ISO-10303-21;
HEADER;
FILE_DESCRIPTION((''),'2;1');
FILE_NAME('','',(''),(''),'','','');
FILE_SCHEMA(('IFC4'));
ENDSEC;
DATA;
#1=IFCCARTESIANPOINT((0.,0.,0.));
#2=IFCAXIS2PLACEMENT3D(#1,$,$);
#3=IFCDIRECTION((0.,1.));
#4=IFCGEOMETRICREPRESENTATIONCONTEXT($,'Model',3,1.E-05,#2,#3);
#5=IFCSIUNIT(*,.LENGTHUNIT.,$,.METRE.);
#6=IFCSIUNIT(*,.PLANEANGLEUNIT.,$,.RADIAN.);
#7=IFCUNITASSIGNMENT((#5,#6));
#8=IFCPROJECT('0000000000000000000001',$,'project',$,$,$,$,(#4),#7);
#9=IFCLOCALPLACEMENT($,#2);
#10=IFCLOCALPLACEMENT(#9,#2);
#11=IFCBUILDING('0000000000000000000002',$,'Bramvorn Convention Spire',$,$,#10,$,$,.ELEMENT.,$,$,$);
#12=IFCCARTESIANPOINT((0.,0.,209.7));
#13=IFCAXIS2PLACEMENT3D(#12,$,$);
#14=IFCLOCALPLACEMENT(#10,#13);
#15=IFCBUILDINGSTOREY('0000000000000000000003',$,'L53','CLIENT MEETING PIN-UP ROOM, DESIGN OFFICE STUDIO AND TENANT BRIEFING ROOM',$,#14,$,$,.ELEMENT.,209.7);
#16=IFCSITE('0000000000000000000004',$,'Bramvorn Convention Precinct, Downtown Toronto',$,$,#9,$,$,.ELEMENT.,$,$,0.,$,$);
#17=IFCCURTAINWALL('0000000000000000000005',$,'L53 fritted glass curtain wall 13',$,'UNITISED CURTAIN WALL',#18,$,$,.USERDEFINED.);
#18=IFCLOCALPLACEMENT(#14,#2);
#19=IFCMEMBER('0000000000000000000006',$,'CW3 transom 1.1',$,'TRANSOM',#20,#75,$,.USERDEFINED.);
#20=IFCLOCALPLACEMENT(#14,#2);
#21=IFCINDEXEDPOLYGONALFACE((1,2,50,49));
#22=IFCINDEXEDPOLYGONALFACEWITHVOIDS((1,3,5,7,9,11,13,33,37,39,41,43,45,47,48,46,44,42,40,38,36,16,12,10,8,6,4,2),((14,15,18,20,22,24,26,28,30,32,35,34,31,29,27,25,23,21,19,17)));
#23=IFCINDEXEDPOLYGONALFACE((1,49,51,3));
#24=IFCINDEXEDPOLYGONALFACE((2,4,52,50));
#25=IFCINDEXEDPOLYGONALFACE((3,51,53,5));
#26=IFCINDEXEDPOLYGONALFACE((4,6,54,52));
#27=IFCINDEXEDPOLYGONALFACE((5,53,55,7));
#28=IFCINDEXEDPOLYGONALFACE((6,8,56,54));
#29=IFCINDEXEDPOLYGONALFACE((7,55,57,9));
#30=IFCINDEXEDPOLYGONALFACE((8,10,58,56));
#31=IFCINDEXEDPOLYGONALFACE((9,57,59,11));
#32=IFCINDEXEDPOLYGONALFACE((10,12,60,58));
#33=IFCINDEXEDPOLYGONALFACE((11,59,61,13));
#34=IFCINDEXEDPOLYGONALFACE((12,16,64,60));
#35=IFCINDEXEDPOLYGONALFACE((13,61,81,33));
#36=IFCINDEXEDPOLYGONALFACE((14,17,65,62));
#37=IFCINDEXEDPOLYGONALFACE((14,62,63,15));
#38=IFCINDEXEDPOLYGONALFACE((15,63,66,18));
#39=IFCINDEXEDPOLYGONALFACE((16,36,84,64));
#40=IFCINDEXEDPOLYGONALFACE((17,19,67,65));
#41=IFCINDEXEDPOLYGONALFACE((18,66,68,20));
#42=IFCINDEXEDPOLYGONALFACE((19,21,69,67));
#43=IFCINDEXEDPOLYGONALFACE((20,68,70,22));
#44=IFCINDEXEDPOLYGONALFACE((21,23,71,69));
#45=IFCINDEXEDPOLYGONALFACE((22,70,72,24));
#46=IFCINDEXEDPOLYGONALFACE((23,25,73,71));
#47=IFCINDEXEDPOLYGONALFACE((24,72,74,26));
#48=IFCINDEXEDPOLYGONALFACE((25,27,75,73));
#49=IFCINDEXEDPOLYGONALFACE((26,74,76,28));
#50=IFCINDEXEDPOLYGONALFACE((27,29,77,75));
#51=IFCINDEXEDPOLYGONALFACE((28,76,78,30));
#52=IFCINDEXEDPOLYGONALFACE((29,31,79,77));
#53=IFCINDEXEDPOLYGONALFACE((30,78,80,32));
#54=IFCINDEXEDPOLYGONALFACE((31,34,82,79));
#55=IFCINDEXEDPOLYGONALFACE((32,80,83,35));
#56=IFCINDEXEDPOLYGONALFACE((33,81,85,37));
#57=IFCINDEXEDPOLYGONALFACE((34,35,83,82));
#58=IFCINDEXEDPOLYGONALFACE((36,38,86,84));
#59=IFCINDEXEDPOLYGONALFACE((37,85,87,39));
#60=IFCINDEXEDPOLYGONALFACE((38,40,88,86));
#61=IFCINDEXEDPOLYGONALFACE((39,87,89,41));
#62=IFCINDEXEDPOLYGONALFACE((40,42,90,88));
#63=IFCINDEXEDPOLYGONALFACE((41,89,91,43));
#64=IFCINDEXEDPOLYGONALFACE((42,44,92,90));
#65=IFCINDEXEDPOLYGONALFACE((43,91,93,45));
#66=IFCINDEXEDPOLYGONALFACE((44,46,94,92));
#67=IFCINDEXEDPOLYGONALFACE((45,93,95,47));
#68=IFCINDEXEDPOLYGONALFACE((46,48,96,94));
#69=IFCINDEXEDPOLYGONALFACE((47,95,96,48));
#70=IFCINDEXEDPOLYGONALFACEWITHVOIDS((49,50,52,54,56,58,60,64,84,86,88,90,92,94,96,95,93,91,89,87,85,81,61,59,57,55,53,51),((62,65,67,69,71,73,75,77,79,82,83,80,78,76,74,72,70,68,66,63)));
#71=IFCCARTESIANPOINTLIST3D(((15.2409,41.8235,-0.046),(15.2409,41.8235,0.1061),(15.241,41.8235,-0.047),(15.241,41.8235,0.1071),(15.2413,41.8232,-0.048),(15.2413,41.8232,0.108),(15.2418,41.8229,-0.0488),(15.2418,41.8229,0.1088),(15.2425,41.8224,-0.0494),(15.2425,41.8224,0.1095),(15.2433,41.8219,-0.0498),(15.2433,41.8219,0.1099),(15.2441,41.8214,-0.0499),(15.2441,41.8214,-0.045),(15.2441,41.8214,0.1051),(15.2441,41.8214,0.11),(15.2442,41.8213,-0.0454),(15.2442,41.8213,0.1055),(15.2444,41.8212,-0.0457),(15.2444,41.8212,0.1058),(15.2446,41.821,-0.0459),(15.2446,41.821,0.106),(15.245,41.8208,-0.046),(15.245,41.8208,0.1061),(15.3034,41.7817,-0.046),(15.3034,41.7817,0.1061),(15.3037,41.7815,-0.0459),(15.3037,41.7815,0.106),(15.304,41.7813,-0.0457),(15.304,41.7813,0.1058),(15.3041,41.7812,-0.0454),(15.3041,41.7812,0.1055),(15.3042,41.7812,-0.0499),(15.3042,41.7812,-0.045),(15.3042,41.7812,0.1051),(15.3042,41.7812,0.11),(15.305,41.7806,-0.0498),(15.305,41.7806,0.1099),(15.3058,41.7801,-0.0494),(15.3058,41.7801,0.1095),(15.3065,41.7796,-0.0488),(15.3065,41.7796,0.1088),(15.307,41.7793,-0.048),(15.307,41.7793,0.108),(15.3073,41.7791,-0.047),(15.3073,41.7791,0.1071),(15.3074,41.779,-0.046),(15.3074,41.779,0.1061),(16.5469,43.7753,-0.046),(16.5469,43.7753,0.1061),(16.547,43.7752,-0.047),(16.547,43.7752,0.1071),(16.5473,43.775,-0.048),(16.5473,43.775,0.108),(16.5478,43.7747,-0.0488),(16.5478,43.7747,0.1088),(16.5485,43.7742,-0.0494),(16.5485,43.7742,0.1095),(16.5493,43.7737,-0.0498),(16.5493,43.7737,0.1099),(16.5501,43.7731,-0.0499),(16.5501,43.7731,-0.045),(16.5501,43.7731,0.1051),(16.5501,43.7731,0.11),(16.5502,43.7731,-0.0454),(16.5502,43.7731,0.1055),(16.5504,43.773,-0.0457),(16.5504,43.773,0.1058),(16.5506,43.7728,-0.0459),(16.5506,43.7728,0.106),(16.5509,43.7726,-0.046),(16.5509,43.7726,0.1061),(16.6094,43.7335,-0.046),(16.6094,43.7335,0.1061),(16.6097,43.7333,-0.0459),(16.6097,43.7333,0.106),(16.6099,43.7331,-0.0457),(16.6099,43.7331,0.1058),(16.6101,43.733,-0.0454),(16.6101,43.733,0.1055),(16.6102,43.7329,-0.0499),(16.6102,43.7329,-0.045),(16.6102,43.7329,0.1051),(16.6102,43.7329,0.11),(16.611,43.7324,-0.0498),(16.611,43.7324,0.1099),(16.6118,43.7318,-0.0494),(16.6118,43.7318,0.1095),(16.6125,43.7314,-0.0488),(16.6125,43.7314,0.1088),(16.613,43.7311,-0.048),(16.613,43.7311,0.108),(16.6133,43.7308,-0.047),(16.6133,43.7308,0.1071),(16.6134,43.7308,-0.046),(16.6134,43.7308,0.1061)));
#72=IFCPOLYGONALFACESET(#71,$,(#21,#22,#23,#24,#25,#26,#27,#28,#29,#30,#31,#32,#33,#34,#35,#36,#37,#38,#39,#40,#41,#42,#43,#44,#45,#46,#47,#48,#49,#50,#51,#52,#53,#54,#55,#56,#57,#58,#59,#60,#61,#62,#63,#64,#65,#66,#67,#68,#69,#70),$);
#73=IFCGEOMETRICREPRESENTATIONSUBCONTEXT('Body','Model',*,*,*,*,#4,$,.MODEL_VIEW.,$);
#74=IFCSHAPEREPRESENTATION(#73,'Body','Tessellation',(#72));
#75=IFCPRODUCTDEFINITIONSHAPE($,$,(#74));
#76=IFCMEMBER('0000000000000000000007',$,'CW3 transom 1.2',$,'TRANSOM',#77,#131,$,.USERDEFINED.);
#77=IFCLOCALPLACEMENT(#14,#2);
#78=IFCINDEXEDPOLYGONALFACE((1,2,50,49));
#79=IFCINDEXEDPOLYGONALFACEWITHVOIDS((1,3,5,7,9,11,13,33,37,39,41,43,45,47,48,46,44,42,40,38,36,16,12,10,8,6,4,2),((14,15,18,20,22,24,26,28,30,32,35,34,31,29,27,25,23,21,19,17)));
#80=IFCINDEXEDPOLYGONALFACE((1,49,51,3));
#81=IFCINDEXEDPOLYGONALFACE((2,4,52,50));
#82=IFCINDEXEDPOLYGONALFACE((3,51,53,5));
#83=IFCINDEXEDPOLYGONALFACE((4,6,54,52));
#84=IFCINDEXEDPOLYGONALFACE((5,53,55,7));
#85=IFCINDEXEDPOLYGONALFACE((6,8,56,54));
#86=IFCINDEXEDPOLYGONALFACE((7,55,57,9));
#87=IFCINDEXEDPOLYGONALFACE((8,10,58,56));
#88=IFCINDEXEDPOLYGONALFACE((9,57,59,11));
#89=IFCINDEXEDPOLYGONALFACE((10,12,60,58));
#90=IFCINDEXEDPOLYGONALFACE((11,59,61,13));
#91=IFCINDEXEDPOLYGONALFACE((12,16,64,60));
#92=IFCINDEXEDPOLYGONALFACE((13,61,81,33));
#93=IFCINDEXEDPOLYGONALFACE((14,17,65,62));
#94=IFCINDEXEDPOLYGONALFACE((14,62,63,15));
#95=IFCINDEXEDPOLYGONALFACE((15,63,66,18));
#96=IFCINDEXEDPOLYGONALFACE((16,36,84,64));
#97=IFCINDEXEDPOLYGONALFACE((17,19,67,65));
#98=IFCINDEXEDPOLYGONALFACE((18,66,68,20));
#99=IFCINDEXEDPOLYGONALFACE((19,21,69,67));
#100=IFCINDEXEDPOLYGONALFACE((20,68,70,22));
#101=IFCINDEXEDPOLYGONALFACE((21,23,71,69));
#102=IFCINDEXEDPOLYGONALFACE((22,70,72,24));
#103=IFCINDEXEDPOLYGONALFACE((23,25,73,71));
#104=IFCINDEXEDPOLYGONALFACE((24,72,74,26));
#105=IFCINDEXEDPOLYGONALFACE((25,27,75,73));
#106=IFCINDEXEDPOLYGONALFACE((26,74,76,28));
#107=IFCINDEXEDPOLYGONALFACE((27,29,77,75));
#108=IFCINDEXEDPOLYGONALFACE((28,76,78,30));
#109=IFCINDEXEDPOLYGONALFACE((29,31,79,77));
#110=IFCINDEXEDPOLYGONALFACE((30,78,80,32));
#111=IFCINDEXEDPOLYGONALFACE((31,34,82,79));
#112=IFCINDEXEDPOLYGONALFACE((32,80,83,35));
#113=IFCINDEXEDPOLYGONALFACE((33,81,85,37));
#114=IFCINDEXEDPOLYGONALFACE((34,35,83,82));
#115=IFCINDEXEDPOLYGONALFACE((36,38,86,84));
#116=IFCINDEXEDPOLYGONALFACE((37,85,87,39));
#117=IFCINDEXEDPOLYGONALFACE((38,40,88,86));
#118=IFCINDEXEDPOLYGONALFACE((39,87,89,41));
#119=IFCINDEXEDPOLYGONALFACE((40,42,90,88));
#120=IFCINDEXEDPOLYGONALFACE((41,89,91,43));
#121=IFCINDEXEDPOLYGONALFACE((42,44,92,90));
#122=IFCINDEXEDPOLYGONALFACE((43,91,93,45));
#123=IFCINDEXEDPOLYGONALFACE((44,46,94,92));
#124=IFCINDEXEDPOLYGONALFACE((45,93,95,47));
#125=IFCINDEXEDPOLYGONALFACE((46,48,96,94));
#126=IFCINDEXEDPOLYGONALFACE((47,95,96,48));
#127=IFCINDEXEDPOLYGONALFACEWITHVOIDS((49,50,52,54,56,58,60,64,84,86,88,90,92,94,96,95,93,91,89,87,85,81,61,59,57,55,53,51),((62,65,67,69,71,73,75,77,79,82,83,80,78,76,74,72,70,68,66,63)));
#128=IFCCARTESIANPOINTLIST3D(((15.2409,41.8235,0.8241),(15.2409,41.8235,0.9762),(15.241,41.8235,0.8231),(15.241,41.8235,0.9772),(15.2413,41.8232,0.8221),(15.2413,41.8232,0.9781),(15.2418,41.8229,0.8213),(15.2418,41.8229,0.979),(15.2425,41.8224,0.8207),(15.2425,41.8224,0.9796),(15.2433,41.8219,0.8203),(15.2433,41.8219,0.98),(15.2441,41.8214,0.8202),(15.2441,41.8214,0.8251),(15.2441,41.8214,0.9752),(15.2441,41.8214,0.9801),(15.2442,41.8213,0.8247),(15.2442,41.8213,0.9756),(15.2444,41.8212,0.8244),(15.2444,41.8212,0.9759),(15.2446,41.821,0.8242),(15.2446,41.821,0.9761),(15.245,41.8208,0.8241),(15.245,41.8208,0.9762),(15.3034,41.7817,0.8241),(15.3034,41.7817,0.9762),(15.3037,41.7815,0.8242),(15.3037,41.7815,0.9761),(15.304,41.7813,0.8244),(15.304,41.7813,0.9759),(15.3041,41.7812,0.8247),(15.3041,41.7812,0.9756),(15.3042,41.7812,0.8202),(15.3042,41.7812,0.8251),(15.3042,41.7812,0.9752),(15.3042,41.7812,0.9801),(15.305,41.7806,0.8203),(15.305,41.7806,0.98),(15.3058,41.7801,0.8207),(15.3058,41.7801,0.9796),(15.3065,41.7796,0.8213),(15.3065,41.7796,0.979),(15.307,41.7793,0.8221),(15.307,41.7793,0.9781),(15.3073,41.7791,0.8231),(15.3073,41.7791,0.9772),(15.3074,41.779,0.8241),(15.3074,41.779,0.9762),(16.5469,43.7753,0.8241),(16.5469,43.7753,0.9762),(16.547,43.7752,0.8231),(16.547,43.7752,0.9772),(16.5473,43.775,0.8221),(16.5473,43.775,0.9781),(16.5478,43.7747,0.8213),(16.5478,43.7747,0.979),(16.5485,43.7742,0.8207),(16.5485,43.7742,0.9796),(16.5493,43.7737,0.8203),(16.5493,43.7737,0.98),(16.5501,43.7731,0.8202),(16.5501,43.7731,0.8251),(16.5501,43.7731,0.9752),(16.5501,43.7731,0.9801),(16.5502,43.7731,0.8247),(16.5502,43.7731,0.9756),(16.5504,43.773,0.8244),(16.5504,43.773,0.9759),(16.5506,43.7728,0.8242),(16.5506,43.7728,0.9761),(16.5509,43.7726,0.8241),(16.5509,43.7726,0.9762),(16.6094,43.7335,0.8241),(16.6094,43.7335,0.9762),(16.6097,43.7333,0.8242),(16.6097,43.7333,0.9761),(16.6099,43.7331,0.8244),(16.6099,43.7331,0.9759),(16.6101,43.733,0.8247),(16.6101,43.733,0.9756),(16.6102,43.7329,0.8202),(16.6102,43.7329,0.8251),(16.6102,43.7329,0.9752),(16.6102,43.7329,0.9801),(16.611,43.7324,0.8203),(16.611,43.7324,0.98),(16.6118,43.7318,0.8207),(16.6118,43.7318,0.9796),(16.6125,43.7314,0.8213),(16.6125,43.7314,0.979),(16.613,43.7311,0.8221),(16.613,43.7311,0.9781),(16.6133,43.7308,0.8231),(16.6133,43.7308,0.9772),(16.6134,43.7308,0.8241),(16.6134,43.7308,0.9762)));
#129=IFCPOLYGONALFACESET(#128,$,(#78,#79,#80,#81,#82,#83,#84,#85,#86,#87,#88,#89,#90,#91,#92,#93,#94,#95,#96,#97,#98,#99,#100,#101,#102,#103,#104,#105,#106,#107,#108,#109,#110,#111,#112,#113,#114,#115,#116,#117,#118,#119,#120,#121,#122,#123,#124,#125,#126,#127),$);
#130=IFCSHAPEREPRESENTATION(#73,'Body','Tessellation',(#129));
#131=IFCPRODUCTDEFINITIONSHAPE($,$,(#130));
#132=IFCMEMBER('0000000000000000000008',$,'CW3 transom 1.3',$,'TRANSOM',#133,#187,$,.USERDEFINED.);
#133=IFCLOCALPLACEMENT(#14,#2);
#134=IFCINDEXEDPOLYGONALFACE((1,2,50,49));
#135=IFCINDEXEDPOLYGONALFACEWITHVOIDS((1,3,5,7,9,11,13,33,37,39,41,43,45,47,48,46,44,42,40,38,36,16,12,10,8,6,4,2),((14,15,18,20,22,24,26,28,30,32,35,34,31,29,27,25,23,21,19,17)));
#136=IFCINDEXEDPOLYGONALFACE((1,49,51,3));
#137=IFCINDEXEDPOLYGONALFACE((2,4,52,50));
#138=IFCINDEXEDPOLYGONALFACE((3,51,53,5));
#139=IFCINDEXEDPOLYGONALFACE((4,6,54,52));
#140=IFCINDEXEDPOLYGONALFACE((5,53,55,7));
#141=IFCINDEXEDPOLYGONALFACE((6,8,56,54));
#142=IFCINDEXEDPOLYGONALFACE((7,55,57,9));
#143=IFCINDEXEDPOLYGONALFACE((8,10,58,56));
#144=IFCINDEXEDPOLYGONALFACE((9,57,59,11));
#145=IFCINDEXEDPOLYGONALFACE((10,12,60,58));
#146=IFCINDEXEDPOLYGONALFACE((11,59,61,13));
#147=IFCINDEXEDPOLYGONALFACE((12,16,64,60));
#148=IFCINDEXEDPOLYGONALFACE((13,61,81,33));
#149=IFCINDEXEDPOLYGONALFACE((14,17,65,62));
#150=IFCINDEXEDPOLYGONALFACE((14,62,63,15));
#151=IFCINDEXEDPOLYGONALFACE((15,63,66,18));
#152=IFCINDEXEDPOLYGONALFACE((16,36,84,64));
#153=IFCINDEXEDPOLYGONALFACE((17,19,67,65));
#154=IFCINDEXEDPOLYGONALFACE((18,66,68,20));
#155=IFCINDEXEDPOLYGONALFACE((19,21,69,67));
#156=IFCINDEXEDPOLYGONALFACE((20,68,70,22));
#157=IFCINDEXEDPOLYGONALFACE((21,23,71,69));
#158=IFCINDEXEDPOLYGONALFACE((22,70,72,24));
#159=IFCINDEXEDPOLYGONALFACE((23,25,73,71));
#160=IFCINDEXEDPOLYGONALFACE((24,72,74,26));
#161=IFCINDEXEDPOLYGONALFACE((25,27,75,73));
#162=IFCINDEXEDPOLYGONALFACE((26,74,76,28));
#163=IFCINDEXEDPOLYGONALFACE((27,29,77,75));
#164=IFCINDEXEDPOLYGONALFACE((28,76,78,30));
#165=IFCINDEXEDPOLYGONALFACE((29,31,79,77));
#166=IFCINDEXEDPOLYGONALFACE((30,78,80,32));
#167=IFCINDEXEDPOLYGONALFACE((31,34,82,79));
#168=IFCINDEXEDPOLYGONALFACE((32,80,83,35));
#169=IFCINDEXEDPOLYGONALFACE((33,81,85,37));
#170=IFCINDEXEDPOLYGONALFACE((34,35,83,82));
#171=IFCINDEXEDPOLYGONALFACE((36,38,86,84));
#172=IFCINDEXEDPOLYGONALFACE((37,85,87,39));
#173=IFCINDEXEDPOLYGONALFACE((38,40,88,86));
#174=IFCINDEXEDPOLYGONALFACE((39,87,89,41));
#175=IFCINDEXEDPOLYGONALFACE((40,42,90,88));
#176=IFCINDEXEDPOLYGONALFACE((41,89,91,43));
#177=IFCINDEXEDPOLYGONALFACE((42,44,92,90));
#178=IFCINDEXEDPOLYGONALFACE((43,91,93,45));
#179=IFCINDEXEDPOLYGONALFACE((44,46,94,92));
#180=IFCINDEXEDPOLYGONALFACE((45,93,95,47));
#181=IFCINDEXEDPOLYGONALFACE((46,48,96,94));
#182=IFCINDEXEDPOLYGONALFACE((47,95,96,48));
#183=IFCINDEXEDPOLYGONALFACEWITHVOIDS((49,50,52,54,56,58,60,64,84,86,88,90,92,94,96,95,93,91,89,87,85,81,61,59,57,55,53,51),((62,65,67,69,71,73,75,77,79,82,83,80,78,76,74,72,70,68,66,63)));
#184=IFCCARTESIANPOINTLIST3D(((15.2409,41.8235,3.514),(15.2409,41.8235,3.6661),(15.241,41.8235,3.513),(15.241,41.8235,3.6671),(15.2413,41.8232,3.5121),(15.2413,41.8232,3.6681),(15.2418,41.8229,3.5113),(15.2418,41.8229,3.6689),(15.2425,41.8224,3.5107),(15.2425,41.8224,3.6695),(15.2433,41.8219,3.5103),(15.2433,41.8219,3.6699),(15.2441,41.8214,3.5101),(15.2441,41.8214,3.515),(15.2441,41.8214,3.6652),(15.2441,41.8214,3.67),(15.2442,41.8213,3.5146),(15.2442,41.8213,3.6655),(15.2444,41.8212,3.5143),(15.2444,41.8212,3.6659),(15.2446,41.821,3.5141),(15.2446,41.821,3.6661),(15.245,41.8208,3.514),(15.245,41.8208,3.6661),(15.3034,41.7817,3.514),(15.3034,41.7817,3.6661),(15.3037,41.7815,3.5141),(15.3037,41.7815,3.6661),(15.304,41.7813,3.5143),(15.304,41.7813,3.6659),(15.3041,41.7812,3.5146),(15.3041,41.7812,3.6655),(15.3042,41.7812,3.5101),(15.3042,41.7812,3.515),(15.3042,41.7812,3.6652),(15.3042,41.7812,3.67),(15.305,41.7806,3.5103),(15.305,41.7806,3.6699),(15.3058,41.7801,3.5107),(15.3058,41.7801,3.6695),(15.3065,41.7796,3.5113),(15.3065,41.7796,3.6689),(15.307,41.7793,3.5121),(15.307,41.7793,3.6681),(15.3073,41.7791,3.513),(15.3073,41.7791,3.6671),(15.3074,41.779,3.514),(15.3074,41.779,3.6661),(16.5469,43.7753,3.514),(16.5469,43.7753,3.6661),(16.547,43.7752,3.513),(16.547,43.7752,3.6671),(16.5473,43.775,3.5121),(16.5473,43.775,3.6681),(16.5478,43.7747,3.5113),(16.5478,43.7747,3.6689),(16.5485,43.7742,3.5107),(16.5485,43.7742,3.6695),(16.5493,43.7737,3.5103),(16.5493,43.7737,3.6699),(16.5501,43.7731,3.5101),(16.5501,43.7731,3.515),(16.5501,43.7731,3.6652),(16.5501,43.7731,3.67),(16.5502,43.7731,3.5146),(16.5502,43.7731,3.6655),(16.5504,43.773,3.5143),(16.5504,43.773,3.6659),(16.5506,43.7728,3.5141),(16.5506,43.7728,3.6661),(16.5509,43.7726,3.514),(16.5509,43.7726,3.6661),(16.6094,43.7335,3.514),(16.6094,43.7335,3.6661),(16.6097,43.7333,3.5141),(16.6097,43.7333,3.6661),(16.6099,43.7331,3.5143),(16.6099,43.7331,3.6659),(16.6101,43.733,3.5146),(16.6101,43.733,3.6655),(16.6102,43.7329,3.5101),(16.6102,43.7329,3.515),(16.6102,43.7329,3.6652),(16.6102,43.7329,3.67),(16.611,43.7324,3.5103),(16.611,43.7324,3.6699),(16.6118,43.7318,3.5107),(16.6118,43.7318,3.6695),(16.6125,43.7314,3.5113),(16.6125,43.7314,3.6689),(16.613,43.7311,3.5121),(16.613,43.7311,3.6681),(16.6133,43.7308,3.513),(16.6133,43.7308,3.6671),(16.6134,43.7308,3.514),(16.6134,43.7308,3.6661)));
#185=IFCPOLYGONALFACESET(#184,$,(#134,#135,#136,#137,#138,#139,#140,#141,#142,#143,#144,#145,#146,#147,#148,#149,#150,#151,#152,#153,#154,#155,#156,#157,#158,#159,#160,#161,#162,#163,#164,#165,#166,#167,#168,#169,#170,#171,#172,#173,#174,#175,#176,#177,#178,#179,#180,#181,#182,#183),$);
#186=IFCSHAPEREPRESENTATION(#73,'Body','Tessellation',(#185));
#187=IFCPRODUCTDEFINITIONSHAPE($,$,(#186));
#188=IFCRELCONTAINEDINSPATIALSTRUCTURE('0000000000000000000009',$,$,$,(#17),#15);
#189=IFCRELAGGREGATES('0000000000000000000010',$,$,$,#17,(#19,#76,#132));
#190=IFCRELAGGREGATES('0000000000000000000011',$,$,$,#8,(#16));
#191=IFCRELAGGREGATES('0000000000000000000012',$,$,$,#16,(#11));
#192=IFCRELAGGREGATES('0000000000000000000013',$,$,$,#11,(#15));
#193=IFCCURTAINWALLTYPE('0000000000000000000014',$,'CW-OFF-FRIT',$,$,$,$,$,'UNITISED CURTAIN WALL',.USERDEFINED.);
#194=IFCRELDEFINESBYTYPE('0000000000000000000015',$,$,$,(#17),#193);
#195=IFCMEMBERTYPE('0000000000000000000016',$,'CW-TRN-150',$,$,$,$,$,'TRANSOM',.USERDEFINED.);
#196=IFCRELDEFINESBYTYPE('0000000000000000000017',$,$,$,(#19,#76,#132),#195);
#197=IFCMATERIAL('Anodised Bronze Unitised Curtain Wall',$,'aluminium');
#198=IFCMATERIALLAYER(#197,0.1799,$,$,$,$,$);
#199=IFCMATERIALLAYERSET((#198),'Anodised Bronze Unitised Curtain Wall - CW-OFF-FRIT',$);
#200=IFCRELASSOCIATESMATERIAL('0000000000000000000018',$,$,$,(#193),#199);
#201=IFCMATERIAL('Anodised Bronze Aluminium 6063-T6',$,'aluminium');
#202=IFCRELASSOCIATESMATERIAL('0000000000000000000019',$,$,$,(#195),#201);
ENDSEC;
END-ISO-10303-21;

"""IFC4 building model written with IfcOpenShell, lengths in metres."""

from ifc_helpers import new_model, si_unit, direction, frame, origin, origin_2d, place, context, subcontext, project, spatial, hollow_rectangle, extrude, material, layer, layer_set, material_profile, profile_set, type_object, element, aggregate, save


model = new_model("IFC4")

# Units and contexts
model_context = context("Model", 3, precision=1e-05, world=origin(), true_north=direction((0.0, 1.0)))
body_context = subcontext(model_context, "Body", "Model", "MODEL_VIEW")
ifc_project = project(units=[si_unit("LENGTHUNIT", "METRE"), si_unit("PLANEANGLEUNIT", "RADIAN")], contexts=[model_context])

# Site, building, storey
site_placement = place(None, origin())
site = spatial("IfcSite", under=ifc_project, at=site_placement, Name="Bramvorn Convention Precinct, Downtown Toronto", CompositionType="ELEMENT", RefElevation=0.0)
building_placement = place(site_placement, origin())
building = spatial("IfcBuilding", under=site, at=building_placement, Name="Bramvorn Convention Spire", CompositionType="ELEMENT")
storey_placement = place(building_placement, frame((0.0, 0.0, 209.7)))
storey = spatial("IfcBuildingStorey", under=building, at=storey_placement, Name="L53", Description="CLIENT MEETING PIN-UP ROOM, DESIGN OFFICE STUDIO AND TENANT BRIEFING ROOM", CompositionType="ELEMENT", Elevation=209.7)

# Curtain wall
ifc_material_1 = material(Name="Anodised Bronze Unitised Curtain Wall", Category="aluminium")
ifc_layer_1 = layer(ifc_material_1, 0.1799)
ifc_layer_set_1 = layer_set([ifc_layer_1], Name="Anodised Bronze Unitised Curtain Wall - CW-OFF-FRIT")
curtain_wall_type = type_object("IfcCurtainWallType", Name="CW-OFF-FRIT", ElementType="UNITISED CURTAIN WALL", PredefinedType="USERDEFINED", material=ifc_layer_set_1)
ifc_material_2 = material(Name="Anodised Bronze Aluminium 6063-T6", Category="aluminium")
curtain_wall_1_placement = place(storey_placement, origin())
curtain_wall_1 = element("IfcCurtainWall", 1, at=curtain_wall_1_placement, inside=storey, type_object=curtain_wall_type, Name="L53 fritted glass curtain wall 13", ObjectType="UNITISED CURTAIN WALL", PredefinedType="USERDEFINED")

# Members
ifc_material_profile_1 = material_profile(ifc_material_2, hollow_rectangle(XDim=0.0801, YDim=0.1599, WallThickness=0.0039, InnerFilletRadius=0.001, OuterFilletRadius=0.0039, at=origin_2d()))
ifc_profile_set_1 = profile_set([ifc_material_profile_1], Name="Anodised Bronze Aluminium 6063-T6 - CWT80X160")
member_type_1 = type_object("IfcMemberType", Name="CW-TRN-150", ElementType="TRANSOM", PredefinedType="USERDEFINED", material=ifc_profile_set_1)
member_1_placement = place(storey_placement, frame((15.2742, 41.8013, 0.03), z_axis=(0.556115, 0.831105, 0.0), x_axis=(-0.831105, 0.556115, 0.0)))
member_1 = element("IfcMember", 2, at=member_1_placement, type_object=member_type_1, Name="CW3 transom 1.1", ObjectType="TRANSOM", PredefinedType="USERDEFINED", context=body_context, shape_type="SweptSolid", body=[
    extrude(hollow_rectangle(XDim=0.0801, YDim=0.1599, WallThickness=0.0039, InnerFilletRadius=0.001, OuterFilletRadius=0.0039, at=origin_2d()), origin(), (0.0, 0.0, 1.0), 2.3484),
])
member_2_placement = place(storey_placement, frame((15.2742, 41.8013, 0.9001), z_axis=(0.556115, 0.831105, 0.0), x_axis=(-0.831105, 0.556115, 0.0)))
member_2 = element("IfcMember", 3, at=member_2_placement, type_object=member_type_1, Name="CW3 transom 1.2", ObjectType="TRANSOM", PredefinedType="USERDEFINED", context=body_context, shape_type="SweptSolid", body=[
    extrude(hollow_rectangle(XDim=0.0801, YDim=0.1599, WallThickness=0.0039, InnerFilletRadius=0.001, OuterFilletRadius=0.0039, at=origin_2d()), origin(), (0.0, 0.0, 1.0), 2.3484),
])
member_3_placement = place(storey_placement, frame((15.2742, 41.8013, 3.5901), z_axis=(0.556115, 0.831105, 0.0), x_axis=(-0.831105, 0.556115, 0.0)))
member_3 = element("IfcMember", 4, at=member_3_placement, type_object=member_type_1, Name="CW3 transom 1.3", ObjectType="TRANSOM", PredefinedType="USERDEFINED", context=body_context, shape_type="SweptSolid", body=[
    extrude(hollow_rectangle(XDim=0.0801, YDim=0.1599, WallThickness=0.0039, InnerFilletRadius=0.001, OuterFilletRadius=0.0039, at=origin_2d()), origin(), (0.0, 0.0, 1.0), 2.3484),
])

aggregate(curtain_wall_1, [member_1, member_2, member_3])

save(model, "model.ifc")
